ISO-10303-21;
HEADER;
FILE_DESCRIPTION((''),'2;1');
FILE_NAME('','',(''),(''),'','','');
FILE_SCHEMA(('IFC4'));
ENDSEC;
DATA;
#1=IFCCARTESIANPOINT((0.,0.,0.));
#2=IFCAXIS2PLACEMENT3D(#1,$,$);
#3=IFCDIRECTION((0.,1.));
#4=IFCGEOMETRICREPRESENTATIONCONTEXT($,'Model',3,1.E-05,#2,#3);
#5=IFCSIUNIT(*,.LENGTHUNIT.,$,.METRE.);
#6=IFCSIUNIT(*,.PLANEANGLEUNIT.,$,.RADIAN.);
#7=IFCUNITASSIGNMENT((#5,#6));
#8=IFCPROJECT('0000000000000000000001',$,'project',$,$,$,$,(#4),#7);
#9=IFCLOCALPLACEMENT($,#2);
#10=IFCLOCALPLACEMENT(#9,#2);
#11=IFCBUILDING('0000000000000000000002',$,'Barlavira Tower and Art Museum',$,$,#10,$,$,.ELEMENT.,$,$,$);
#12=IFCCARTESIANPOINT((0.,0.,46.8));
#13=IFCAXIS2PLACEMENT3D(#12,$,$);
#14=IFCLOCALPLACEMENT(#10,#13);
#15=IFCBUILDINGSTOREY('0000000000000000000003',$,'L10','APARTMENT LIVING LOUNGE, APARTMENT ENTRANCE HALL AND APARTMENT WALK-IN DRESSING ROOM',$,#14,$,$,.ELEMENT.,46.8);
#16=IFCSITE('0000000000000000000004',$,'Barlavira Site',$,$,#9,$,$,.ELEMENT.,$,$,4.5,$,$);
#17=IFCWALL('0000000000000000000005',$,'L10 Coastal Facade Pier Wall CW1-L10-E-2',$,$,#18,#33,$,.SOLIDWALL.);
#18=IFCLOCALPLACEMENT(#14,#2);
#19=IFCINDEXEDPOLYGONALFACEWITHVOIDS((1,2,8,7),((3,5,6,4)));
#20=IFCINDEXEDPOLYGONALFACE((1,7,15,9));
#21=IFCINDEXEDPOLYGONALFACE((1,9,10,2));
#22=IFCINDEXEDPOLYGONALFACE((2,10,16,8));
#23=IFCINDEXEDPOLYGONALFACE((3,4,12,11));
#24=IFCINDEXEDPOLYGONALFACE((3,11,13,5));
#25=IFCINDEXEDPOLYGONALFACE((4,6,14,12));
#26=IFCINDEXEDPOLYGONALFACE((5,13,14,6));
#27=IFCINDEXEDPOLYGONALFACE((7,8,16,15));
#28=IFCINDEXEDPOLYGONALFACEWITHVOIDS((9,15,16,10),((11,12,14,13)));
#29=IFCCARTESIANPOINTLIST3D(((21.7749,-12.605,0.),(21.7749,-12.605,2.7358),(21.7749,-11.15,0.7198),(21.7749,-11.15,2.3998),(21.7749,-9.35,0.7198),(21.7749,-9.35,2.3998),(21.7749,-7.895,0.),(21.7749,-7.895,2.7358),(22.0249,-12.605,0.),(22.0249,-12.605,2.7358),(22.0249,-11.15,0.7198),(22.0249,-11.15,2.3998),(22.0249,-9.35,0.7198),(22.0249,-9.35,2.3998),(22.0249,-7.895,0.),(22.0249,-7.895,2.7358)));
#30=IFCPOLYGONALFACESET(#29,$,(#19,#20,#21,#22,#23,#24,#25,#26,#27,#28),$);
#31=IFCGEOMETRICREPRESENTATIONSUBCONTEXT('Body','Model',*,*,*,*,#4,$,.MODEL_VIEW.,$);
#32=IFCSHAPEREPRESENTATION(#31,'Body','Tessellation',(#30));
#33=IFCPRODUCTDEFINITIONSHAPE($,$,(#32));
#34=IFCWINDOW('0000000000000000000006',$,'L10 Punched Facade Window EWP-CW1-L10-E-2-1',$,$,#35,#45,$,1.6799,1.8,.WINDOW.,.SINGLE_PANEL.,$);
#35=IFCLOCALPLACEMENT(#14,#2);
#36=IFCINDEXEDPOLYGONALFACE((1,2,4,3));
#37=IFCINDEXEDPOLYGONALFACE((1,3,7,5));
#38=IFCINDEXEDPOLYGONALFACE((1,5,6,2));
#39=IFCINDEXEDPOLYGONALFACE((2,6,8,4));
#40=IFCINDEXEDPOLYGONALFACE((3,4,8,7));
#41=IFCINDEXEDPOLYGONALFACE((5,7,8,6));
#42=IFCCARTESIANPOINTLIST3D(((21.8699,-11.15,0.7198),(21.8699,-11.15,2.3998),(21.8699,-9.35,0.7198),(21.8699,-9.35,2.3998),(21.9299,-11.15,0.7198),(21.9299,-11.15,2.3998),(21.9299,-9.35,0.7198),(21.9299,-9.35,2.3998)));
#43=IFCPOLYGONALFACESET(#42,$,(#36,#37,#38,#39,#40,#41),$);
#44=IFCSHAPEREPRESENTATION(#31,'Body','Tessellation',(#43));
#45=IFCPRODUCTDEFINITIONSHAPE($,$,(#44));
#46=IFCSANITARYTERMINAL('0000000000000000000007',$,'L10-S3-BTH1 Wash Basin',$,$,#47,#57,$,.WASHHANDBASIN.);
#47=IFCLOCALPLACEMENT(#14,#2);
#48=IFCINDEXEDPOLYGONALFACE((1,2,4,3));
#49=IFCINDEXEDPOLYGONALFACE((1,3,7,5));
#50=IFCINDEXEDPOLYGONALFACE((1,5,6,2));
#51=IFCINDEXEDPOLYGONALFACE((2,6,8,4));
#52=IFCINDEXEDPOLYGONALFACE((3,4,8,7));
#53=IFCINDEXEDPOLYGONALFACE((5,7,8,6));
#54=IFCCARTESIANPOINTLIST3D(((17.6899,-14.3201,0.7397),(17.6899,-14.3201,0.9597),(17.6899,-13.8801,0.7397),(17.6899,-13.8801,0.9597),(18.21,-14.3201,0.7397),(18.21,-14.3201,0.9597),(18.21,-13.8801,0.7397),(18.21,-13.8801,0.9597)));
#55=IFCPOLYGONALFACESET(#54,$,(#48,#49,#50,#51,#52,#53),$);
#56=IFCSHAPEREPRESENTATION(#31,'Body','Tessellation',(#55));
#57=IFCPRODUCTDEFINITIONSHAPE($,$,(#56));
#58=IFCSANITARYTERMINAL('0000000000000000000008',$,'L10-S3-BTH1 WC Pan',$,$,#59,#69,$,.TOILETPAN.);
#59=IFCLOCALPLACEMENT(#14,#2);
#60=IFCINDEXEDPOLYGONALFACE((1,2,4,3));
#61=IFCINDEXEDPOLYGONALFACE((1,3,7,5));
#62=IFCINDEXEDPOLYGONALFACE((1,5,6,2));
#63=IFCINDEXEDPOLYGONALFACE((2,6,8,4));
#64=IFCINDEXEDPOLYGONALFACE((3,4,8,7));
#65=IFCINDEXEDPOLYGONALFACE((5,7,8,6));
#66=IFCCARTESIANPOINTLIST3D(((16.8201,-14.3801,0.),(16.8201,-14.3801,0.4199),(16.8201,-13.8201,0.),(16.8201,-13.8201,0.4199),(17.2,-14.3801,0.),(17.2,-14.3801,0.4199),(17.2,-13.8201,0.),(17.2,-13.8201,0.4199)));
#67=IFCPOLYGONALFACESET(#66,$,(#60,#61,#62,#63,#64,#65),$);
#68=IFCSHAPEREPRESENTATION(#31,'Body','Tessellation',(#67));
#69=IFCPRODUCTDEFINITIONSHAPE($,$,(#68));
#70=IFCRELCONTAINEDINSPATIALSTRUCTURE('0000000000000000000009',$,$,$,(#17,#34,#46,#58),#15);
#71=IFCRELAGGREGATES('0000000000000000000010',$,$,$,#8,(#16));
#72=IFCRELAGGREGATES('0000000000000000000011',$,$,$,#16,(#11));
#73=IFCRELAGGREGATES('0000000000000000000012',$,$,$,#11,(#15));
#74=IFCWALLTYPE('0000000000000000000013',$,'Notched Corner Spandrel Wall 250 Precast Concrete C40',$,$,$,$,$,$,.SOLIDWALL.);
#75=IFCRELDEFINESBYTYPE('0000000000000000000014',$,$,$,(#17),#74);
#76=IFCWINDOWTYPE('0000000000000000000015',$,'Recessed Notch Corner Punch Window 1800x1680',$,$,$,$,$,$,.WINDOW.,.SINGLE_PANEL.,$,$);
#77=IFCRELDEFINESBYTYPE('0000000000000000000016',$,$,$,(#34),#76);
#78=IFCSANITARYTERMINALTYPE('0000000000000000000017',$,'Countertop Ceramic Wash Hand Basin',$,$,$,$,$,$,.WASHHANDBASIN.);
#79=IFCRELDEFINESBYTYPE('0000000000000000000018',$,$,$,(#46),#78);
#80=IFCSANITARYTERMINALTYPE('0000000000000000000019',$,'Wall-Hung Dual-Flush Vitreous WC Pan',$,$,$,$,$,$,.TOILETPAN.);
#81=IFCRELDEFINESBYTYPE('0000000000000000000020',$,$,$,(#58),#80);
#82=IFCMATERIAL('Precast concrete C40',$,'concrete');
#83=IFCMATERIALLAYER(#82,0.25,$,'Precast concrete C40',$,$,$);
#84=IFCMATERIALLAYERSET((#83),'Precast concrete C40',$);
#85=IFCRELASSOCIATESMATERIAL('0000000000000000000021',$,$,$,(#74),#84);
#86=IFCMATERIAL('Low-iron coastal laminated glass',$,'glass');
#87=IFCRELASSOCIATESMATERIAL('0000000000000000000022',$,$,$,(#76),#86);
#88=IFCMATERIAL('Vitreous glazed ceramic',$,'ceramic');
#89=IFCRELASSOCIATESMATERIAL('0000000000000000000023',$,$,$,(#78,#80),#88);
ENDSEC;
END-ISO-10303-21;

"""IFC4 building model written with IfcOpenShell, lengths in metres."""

from ifc_helpers import new_model, si_unit, direction, frame, frame_2d, origin, origin_2d, place, context, subcontext, project, spatial, rectangle, extrude, material, layer, layer_set, type_object, element, fill, save


model = new_model("IFC4")

# Units and contexts
model_context = context("Model", 3, precision=1e-05, world=origin(), true_north=direction((0.0, 1.0)))
body_context = subcontext(model_context, "Body", "Model", "MODEL_VIEW")
ifc_project = project(units=[si_unit("LENGTHUNIT", "METRE"), si_unit("PLANEANGLEUNIT", "RADIAN")], contexts=[model_context])

# Site, building, storey
site_placement = place(None, origin())
site = spatial("IfcSite", under=ifc_project, at=site_placement, Name="Barlavira Site", CompositionType="ELEMENT", RefElevation=4.5)
building_placement = place(site_placement, origin())
building = spatial("IfcBuilding", under=site, at=building_placement, Name="Barlavira Tower and Art Museum", CompositionType="ELEMENT")
storey_placement = place(building_placement, frame((0.0, 0.0, 46.8)))
storey = spatial("IfcBuildingStorey", under=building, at=storey_placement, Name="L10", Description="APARTMENT LIVING LOUNGE, APARTMENT ENTRANCE HALL AND APARTMENT WALK-IN DRESSING ROOM", CompositionType="ELEMENT", Elevation=46.8)

# Wall, opening, window
ifc_material_1 = material(Name="Precast concrete C40", Category="concrete")
ifc_layer_1 = layer(ifc_material_1, 0.25, Name="Precast concrete C40")
ifc_layer_set_1 = layer_set([ifc_layer_1], Name="Precast concrete C40")
wall_type_1 = type_object("IfcWallType", Name="Notched Corner Spandrel Wall 250 Precast Concrete C40", PredefinedType="SOLIDWALL", material=ifc_layer_set_1)
wall_1_placement = place(storey_placement, frame((21.8999, -12.605, 0.0), z_axis=(0.0, 0.0, 1.0), x_axis=(0.0, 1.0, 0.0)))
wall_1 = element("IfcWall", 1, at=wall_1_placement, inside=storey, type_object=wall_type_1, Name="L10 Coastal Facade Pier Wall CW1-L10-E-2", PredefinedType="SOLIDWALL", context=body_context, shape_type="SweptSolid", body=[
    extrude(rectangle(XDim=4.71, YDim=0.25, at=frame_2d((2.355, 0.0))), origin(), (0.0, 0.0, 1.0), 2.7358),
])
opening_1_placement = place(wall_1_placement, frame((1.4551, 0.0, 0.72)))
opening_1 = element("IfcOpeningElement", 2, at=opening_1_placement, cuts=wall_1, PredefinedType="OPENING", context=body_context, shape_type="SweptSolid", body=[
    extrude(rectangle(XDim=1.8, YDim=1.6799, at=frame_2d((0.8999, 0.8398))), frame((0.0, 0.135, 0.0), z_axis=(0.0, -1.0, 0.0), x_axis=(1.0, 0.0, 0.0)), (0.0, 0.0, 1.0), 0.27),
])
ifc_material_2 = material(Name="Low-iron coastal laminated glass", Category="glass")
window_type = type_object("IfcWindowType", Name="Recessed Notch Corner Punch Window 1800x1680", PartitioningType="SINGLE_PANEL", PredefinedType="WINDOW", material=ifc_material_2)
window_placement = place(opening_1_placement, origin())
window = element("IfcWindow", 3, at=window_placement, inside=storey, type_object=window_type, Name="L10 Punched Facade Window EWP-CW1-L10-E-2-1", OverallHeight=1.6799, OverallWidth=1.8, PartitioningType="SINGLE_PANEL", PredefinedType="WINDOW", context=body_context, shape_type="SweptSolid", body=[
    extrude(rectangle(XDim=1.8, YDim=1.6799, at=frame_2d((0.8999, 0.8398))), frame((0.0, 0.03, 0.0), z_axis=(0.0, -1.0, 0.0), x_axis=(1.0, 0.0, 0.0)), (0.0, 0.0, 1.0), 0.0601),
])
fill(opening_1, window)

# Sanitary terminals
ifc_material_3 = material(Name="Vitreous glazed ceramic", Category="ceramic")
sanitary_terminal_type_1 = type_object("IfcSanitaryTerminalType", Name="Countertop Ceramic Wash Hand Basin", PredefinedType="WASHHANDBASIN", material=ifc_material_3)
sanitary_terminal_1_placement = place(storey_placement, frame((17.95, -14.1001, 0.7397), z_axis=(0.0, 0.0, 1.0), x_axis=(1.0, 0.0, 0.0)))
element("IfcSanitaryTerminal", 4, at=sanitary_terminal_1_placement, inside=storey, type_object=sanitary_terminal_type_1, Name="L10-S3-BTH1 Wash Basin", PredefinedType="WASHHANDBASIN", context=body_context, shape_type="SweptSolid", body=[
    extrude(rectangle(XDim=0.52, YDim=0.4399, at=origin_2d()), origin(), (0.0, 0.0, 1.0), 0.22),
])
sanitary_terminal_type_2 = type_object("IfcSanitaryTerminalType", Name="Wall-Hung Dual-Flush Vitreous WC Pan", PredefinedType="TOILETPAN", material=ifc_material_3)
sanitary_terminal_2_placement = place(storey_placement, frame((17.01, -14.1001, 0.0), z_axis=(0.0, 0.0, 1.0), x_axis=(1.0, 0.0, 0.0)))
element("IfcSanitaryTerminal", 5, at=sanitary_terminal_2_placement, inside=storey, type_object=sanitary_terminal_type_2, Name="L10-S3-BTH1 WC Pan", PredefinedType="TOILETPAN", context=body_context, shape_type="SweptSolid", body=[
    extrude(rectangle(XDim=0.3799, YDim=0.5601, at=origin_2d()), origin(), (0.0, 0.0, 1.0), 0.4199),
])

save(model, "model.ifc")
